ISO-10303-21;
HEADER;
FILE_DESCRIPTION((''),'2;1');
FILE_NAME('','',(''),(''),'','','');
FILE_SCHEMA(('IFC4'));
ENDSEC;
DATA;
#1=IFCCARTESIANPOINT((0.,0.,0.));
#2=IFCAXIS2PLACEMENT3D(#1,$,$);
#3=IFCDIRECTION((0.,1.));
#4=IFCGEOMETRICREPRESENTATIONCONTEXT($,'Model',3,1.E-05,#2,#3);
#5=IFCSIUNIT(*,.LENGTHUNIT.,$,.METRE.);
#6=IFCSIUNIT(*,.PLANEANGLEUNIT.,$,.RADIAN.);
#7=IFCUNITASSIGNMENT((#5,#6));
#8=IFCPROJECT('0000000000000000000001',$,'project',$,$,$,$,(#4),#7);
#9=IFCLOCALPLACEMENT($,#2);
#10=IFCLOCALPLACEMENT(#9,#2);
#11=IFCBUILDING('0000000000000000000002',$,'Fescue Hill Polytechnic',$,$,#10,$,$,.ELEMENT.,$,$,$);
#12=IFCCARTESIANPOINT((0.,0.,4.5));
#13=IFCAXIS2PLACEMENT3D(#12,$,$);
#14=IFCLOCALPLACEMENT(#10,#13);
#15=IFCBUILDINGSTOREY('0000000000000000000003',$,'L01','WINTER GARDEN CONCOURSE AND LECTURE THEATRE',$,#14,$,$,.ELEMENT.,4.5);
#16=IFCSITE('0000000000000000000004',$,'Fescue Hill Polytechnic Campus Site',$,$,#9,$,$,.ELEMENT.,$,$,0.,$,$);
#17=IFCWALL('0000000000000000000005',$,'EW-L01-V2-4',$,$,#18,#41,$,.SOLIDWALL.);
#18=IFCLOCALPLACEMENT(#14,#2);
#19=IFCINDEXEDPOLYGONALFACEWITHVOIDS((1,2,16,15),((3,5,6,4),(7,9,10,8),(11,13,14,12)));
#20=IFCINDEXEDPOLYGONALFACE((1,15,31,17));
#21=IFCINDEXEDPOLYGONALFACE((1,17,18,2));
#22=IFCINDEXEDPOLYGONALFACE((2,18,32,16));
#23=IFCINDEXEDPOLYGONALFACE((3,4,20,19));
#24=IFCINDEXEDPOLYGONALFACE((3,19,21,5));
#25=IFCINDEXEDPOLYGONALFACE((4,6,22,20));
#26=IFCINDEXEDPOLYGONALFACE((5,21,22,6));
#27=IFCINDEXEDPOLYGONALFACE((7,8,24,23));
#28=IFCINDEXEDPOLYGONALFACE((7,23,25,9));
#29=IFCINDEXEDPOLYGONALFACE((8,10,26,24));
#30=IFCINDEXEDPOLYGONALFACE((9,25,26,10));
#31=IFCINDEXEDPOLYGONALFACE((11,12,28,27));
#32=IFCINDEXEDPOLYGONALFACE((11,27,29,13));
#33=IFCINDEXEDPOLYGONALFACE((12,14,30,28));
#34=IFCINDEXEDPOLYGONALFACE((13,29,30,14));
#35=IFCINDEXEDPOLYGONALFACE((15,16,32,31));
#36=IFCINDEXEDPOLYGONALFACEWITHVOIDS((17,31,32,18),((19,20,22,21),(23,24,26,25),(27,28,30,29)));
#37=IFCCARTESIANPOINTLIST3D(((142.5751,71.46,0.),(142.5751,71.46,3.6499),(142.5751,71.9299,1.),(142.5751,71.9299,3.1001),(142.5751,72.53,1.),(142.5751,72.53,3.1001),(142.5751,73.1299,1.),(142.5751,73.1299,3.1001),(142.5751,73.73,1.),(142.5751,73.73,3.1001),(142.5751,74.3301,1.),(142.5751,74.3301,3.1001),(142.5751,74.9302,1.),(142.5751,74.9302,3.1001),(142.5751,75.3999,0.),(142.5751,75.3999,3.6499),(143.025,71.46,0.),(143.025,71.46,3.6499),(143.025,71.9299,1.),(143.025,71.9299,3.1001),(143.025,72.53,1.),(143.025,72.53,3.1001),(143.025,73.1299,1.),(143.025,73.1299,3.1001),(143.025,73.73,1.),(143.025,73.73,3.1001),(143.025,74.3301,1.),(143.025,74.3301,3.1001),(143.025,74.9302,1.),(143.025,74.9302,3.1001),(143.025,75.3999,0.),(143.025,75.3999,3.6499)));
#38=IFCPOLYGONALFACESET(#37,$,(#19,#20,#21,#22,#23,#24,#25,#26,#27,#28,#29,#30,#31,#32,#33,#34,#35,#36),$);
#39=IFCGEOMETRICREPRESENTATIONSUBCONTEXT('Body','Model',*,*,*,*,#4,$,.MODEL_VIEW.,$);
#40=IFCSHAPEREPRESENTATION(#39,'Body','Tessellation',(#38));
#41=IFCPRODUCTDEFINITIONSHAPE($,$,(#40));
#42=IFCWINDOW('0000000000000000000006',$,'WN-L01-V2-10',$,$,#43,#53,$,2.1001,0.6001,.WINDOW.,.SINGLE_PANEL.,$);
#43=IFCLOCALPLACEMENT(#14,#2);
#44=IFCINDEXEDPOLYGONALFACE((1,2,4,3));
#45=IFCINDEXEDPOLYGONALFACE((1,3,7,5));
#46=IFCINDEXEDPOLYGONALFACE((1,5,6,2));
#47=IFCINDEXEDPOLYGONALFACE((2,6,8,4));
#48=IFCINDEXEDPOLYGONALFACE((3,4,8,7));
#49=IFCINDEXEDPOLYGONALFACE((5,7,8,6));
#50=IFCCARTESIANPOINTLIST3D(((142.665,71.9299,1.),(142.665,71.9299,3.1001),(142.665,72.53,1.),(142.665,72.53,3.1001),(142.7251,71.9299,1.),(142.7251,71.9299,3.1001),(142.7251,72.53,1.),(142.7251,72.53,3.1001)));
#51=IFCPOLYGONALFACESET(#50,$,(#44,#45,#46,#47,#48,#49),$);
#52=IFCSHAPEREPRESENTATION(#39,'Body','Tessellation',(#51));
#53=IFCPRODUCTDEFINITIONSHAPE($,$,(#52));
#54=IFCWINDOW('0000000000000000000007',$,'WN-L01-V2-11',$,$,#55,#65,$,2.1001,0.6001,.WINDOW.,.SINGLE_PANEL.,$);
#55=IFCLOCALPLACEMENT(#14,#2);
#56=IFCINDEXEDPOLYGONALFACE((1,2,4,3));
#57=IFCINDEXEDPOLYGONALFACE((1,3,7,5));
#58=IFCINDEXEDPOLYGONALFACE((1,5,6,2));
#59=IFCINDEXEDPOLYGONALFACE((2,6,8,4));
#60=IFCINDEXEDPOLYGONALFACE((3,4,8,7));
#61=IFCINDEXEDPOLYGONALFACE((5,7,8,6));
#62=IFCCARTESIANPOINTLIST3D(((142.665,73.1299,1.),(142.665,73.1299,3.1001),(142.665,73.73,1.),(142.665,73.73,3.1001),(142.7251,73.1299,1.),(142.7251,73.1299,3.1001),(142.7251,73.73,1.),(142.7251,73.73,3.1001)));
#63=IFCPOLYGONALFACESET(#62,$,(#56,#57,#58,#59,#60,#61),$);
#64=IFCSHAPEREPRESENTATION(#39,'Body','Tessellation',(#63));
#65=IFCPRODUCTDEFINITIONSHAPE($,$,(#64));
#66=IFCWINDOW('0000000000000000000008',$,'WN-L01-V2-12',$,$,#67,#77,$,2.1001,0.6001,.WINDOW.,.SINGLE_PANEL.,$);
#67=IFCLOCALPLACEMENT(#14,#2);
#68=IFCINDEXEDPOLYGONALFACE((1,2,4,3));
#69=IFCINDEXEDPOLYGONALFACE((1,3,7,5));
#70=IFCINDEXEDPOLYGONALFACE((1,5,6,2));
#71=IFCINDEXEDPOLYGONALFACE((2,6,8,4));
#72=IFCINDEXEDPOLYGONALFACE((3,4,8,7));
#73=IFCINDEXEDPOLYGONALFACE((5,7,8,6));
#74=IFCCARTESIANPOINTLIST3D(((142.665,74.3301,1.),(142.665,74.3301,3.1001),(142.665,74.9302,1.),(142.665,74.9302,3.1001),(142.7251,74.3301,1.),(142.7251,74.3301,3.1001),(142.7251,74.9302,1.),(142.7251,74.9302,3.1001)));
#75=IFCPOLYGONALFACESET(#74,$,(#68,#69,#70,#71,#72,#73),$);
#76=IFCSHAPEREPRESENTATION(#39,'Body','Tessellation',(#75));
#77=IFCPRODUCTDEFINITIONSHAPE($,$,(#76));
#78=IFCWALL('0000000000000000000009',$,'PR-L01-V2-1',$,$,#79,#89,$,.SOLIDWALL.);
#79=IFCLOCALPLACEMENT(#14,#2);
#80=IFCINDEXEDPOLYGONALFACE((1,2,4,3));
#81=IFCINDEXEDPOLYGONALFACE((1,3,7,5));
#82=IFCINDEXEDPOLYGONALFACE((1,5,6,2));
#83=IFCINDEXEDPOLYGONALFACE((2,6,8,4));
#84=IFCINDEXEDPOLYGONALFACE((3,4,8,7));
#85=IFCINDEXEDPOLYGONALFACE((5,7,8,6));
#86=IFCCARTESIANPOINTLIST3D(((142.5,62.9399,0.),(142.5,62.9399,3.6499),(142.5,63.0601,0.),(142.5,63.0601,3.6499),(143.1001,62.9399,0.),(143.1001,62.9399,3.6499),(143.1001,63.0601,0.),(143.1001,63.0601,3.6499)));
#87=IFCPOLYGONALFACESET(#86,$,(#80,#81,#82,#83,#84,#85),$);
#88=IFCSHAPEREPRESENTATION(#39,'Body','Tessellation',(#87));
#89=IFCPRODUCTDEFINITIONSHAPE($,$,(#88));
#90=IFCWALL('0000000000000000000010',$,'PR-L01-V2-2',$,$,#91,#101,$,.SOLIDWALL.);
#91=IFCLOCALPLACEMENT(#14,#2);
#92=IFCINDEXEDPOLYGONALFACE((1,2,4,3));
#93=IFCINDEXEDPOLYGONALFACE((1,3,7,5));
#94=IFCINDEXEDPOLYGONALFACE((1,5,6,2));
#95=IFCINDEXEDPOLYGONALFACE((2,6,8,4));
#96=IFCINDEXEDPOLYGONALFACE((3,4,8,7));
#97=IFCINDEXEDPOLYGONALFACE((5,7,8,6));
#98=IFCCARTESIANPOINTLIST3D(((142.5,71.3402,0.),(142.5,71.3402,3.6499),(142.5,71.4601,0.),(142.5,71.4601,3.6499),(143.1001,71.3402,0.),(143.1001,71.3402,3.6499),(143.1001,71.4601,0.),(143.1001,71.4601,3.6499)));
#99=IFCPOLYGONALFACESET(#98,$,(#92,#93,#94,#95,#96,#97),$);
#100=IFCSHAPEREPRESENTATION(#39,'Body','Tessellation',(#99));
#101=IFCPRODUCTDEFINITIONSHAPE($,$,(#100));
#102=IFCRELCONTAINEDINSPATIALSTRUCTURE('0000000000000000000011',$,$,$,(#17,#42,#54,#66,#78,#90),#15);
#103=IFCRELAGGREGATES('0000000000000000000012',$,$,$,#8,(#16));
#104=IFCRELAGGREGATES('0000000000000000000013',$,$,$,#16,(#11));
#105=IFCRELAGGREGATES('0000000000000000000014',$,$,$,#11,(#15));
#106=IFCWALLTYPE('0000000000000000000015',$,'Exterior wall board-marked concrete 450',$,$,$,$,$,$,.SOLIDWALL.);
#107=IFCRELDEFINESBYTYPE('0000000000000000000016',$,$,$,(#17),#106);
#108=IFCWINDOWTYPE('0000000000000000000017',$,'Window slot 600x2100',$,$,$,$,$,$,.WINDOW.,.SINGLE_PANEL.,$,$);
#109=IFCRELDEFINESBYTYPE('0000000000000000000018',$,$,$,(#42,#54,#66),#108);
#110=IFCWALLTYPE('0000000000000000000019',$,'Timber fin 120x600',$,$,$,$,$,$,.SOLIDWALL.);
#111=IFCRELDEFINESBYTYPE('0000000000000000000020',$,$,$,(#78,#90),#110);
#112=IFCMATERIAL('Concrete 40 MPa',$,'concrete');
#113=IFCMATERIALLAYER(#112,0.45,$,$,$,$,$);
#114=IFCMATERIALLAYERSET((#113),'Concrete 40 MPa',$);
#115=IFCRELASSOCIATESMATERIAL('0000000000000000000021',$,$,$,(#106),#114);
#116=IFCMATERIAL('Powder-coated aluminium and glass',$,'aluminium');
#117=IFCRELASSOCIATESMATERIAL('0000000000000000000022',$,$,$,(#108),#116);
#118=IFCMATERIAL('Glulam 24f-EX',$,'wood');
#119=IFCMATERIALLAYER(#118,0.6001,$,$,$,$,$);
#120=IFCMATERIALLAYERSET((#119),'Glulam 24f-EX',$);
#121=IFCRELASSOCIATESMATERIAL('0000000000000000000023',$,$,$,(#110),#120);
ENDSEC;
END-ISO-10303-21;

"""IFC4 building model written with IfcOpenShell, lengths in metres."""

from ifc_helpers import new_model, si_unit, direction, frame, frame_2d, origin, place, context, subcontext, project, spatial, rectangle, extrude, material, layer, layer_set, type_object, element, fill, save


model = new_model("IFC4")

# Units and contexts
model_context = context("Model", 3, precision=1e-05, world=origin(), true_north=direction((0.0, 1.0)))
body_context = subcontext(model_context, "Body", "Model", "MODEL_VIEW")
ifc_project = project(units=[si_unit("LENGTHUNIT", "METRE"), si_unit("PLANEANGLEUNIT", "RADIAN")], contexts=[model_context])

# Site, building, storey
site_placement = place(None, origin())
site = spatial("IfcSite", under=ifc_project, at=site_placement, Name="Fescue Hill Polytechnic Campus Site", CompositionType="ELEMENT", RefElevation=0.0)
building_placement = place(site_placement, origin())
building = spatial("IfcBuilding", under=site, at=building_placement, Name="Fescue Hill Polytechnic", CompositionType="ELEMENT")
storey_placement = place(building_placement, frame((0.0, 0.0, 4.5)))
storey = spatial("IfcBuildingStorey", under=building, at=storey_placement, Name="L01", Description="WINTER GARDEN CONCOURSE AND LECTURE THEATRE", CompositionType="ELEMENT", Elevation=4.5)

# Shared definitions
ifc_material_1 = material(Name="Concrete 40 MPa", Category="concrete")

# Wall, openings, windows
ifc_layer_1 = layer(ifc_material_1, 0.45)
ifc_layer_set_1 = layer_set([ifc_layer_1], Name="Concrete 40 MPa")
wall_type_1 = type_object("IfcWallType", Name="Exterior wall board-marked concrete 450", PredefinedType="SOLIDWALL", material=ifc_layer_set_1)
ifc_material_2 = material(Name="Powder-coated aluminium and glass", Category="aluminium")
window_type = type_object("IfcWindowType", Name="Window slot 600x2100", PartitioningType="SINGLE_PANEL", PredefinedType="WINDOW", material=ifc_material_2)
wall_1_placement = place(storey_placement, frame((142.8, 71.46, 0.0), z_axis=(0.0, 0.0, 1.0), x_axis=(0.0, 1.0, 0.0)))
wall_1 = element("IfcWall", 1, at=wall_1_placement, inside=storey, type_object=wall_type_1, Name="EW-L01-V2-4", PredefinedType="SOLIDWALL", context=body_context, shape_type="SweptSolid", body=[
    extrude(rectangle(XDim=3.9399, YDim=0.45, at=frame_2d((1.97, 0.0))), origin(), (0.0, 0.0, 1.0), 3.6499),
])
opening_1_placement = place(wall_1_placement, frame((0.47, 0.0, 1.0)))
opening_1 = element("IfcOpeningElement", 2, at=opening_1_placement, cuts=wall_1, PredefinedType="OPENING", context=body_context, shape_type="SweptSolid", body=[
    extrude(rectangle(XDim=0.6001, YDim=2.1001, at=frame_2d((0.3, 1.05))), frame((0.0, 0.2349, 0.0), z_axis=(0.0, -1.0, 0.0), x_axis=(1.0, 0.0, 0.0)), (0.0, 0.0, 1.0), 0.47),
])
opening_2_placement = place(wall_1_placement, frame((1.6699, 0.0, 1.0)))
opening_2 = element("IfcOpeningElement", 3, at=opening_2_placement, cuts=wall_1, PredefinedType="OPENING", context=body_context, shape_type="SweptSolid", body=[
    extrude(rectangle(XDim=0.6001, YDim=2.1001, at=frame_2d((0.3, 1.05))), frame((0.0, 0.2349, 0.0), z_axis=(0.0, -1.0, 0.0), x_axis=(1.0, 0.0, 0.0)), (0.0, 0.0, 1.0), 0.47),
])
opening_3_placement = place(wall_1_placement, frame((2.8701, 0.0, 1.0)))
opening_3 = element("IfcOpeningElement", 4, at=opening_3_placement, cuts=wall_1, PredefinedType="OPENING", context=body_context, shape_type="SweptSolid", body=[
    extrude(rectangle(XDim=0.6001, YDim=2.1001, at=frame_2d((0.3, 1.05))), frame((0.0, 0.2349, 0.0), z_axis=(0.0, -1.0, 0.0), x_axis=(1.0, 0.0, 0.0)), (0.0, 0.0, 1.0), 0.47),
])
window_1_placement = place(opening_1_placement, origin())
window_1 = element("IfcWindow", 5, at=window_1_placement, inside=storey, type_object=window_type, Name="WN-L01-V2-10", OverallHeight=2.1001, OverallWidth=0.6001, PartitioningType="SINGLE_PANEL", PredefinedType="WINDOW", context=body_context, shape_type="SweptSolid", body=[
    extrude(rectangle(XDim=0.6001, YDim=2.1001, at=frame_2d((0.3, 1.05))), frame((0.0, 0.135, 0.0), z_axis=(0.0, -1.0, 0.0), x_axis=(1.0, 0.0, 0.0)), (0.0, 0.0, 1.0), 0.0601),
])
fill(opening_1, window_1)
window_2_placement = place(opening_2_placement, origin())
window_2 = element("IfcWindow", 6, at=window_2_placement, inside=storey, type_object=window_type, Name="WN-L01-V2-11", OverallHeight=2.1001, OverallWidth=0.6001, PartitioningType="SINGLE_PANEL", PredefinedType="WINDOW", context=body_context, shape_type="SweptSolid", body=[
    extrude(rectangle(XDim=0.6001, YDim=2.1001, at=frame_2d((0.3, 1.05))), frame((0.0, 0.135, 0.0), z_axis=(0.0, -1.0, 0.0), x_axis=(1.0, 0.0, 0.0)), (0.0, 0.0, 1.0), 0.0601),
])
fill(opening_2, window_2)
window_3_placement = place(opening_3_placement, origin())
window_3 = element("IfcWindow", 7, at=window_3_placement, inside=storey, type_object=window_type, Name="WN-L01-V2-12", OverallHeight=2.1001, OverallWidth=0.6001, PartitioningType="SINGLE_PANEL", PredefinedType="WINDOW", context=body_context, shape_type="SweptSolid", body=[
    extrude(rectangle(XDim=0.6001, YDim=2.1001, at=frame_2d((0.3, 1.05))), frame((0.0, 0.135, 0.0), z_axis=(0.0, -1.0, 0.0), x_axis=(1.0, 0.0, 0.0)), (0.0, 0.0, 1.0), 0.0601),
])
fill(opening_3, window_3)

# Walls
ifc_material_3 = material(Name="Glulam 24f-EX", Category="wood")
ifc_layer_2 = layer(ifc_material_3, 0.6001)
ifc_layer_set_2 = layer_set([ifc_layer_2], Name="Glulam 24f-EX")
wall_type_2 = type_object("IfcWallType", Name="Timber fin 120x600", PredefinedType="SOLIDWALL", material=ifc_layer_set_2)
wall_2_placement = place(storey_placement, frame((142.8, 62.9399, 0.0), z_axis=(0.0, 0.0, 1.0), x_axis=(0.0, 1.0, 0.0)))
element("IfcWall", 8, at=wall_2_placement, inside=storey, type_object=wall_type_2, Name="PR-L01-V2-1", PredefinedType="SOLIDWALL", context=body_context, shape_type="SweptSolid", body=[
    extrude(rectangle(XDim=0.1201, YDim=0.6001, at=frame_2d((0.0601, 0.0))), origin(), (0.0, 0.0, 1.0), 3.6499),
])
wall_3_placement = place(storey_placement, frame((142.8, 71.3401, 0.0), z_axis=(0.0, 0.0, 1.0), x_axis=(0.0, 1.0, 0.0)))
element("IfcWall", 9, at=wall_3_placement, inside=storey, type_object=wall_type_2, Name="PR-L01-V2-2", PredefinedType="SOLIDWALL", context=body_context, shape_type="SweptSolid", body=[
    extrude(rectangle(XDim=0.1199, YDim=0.6001, at=frame_2d((0.0601, 0.0))), origin(), (0.0, 0.0, 1.0), 3.6499),
])

save(model, "model.ifc")
